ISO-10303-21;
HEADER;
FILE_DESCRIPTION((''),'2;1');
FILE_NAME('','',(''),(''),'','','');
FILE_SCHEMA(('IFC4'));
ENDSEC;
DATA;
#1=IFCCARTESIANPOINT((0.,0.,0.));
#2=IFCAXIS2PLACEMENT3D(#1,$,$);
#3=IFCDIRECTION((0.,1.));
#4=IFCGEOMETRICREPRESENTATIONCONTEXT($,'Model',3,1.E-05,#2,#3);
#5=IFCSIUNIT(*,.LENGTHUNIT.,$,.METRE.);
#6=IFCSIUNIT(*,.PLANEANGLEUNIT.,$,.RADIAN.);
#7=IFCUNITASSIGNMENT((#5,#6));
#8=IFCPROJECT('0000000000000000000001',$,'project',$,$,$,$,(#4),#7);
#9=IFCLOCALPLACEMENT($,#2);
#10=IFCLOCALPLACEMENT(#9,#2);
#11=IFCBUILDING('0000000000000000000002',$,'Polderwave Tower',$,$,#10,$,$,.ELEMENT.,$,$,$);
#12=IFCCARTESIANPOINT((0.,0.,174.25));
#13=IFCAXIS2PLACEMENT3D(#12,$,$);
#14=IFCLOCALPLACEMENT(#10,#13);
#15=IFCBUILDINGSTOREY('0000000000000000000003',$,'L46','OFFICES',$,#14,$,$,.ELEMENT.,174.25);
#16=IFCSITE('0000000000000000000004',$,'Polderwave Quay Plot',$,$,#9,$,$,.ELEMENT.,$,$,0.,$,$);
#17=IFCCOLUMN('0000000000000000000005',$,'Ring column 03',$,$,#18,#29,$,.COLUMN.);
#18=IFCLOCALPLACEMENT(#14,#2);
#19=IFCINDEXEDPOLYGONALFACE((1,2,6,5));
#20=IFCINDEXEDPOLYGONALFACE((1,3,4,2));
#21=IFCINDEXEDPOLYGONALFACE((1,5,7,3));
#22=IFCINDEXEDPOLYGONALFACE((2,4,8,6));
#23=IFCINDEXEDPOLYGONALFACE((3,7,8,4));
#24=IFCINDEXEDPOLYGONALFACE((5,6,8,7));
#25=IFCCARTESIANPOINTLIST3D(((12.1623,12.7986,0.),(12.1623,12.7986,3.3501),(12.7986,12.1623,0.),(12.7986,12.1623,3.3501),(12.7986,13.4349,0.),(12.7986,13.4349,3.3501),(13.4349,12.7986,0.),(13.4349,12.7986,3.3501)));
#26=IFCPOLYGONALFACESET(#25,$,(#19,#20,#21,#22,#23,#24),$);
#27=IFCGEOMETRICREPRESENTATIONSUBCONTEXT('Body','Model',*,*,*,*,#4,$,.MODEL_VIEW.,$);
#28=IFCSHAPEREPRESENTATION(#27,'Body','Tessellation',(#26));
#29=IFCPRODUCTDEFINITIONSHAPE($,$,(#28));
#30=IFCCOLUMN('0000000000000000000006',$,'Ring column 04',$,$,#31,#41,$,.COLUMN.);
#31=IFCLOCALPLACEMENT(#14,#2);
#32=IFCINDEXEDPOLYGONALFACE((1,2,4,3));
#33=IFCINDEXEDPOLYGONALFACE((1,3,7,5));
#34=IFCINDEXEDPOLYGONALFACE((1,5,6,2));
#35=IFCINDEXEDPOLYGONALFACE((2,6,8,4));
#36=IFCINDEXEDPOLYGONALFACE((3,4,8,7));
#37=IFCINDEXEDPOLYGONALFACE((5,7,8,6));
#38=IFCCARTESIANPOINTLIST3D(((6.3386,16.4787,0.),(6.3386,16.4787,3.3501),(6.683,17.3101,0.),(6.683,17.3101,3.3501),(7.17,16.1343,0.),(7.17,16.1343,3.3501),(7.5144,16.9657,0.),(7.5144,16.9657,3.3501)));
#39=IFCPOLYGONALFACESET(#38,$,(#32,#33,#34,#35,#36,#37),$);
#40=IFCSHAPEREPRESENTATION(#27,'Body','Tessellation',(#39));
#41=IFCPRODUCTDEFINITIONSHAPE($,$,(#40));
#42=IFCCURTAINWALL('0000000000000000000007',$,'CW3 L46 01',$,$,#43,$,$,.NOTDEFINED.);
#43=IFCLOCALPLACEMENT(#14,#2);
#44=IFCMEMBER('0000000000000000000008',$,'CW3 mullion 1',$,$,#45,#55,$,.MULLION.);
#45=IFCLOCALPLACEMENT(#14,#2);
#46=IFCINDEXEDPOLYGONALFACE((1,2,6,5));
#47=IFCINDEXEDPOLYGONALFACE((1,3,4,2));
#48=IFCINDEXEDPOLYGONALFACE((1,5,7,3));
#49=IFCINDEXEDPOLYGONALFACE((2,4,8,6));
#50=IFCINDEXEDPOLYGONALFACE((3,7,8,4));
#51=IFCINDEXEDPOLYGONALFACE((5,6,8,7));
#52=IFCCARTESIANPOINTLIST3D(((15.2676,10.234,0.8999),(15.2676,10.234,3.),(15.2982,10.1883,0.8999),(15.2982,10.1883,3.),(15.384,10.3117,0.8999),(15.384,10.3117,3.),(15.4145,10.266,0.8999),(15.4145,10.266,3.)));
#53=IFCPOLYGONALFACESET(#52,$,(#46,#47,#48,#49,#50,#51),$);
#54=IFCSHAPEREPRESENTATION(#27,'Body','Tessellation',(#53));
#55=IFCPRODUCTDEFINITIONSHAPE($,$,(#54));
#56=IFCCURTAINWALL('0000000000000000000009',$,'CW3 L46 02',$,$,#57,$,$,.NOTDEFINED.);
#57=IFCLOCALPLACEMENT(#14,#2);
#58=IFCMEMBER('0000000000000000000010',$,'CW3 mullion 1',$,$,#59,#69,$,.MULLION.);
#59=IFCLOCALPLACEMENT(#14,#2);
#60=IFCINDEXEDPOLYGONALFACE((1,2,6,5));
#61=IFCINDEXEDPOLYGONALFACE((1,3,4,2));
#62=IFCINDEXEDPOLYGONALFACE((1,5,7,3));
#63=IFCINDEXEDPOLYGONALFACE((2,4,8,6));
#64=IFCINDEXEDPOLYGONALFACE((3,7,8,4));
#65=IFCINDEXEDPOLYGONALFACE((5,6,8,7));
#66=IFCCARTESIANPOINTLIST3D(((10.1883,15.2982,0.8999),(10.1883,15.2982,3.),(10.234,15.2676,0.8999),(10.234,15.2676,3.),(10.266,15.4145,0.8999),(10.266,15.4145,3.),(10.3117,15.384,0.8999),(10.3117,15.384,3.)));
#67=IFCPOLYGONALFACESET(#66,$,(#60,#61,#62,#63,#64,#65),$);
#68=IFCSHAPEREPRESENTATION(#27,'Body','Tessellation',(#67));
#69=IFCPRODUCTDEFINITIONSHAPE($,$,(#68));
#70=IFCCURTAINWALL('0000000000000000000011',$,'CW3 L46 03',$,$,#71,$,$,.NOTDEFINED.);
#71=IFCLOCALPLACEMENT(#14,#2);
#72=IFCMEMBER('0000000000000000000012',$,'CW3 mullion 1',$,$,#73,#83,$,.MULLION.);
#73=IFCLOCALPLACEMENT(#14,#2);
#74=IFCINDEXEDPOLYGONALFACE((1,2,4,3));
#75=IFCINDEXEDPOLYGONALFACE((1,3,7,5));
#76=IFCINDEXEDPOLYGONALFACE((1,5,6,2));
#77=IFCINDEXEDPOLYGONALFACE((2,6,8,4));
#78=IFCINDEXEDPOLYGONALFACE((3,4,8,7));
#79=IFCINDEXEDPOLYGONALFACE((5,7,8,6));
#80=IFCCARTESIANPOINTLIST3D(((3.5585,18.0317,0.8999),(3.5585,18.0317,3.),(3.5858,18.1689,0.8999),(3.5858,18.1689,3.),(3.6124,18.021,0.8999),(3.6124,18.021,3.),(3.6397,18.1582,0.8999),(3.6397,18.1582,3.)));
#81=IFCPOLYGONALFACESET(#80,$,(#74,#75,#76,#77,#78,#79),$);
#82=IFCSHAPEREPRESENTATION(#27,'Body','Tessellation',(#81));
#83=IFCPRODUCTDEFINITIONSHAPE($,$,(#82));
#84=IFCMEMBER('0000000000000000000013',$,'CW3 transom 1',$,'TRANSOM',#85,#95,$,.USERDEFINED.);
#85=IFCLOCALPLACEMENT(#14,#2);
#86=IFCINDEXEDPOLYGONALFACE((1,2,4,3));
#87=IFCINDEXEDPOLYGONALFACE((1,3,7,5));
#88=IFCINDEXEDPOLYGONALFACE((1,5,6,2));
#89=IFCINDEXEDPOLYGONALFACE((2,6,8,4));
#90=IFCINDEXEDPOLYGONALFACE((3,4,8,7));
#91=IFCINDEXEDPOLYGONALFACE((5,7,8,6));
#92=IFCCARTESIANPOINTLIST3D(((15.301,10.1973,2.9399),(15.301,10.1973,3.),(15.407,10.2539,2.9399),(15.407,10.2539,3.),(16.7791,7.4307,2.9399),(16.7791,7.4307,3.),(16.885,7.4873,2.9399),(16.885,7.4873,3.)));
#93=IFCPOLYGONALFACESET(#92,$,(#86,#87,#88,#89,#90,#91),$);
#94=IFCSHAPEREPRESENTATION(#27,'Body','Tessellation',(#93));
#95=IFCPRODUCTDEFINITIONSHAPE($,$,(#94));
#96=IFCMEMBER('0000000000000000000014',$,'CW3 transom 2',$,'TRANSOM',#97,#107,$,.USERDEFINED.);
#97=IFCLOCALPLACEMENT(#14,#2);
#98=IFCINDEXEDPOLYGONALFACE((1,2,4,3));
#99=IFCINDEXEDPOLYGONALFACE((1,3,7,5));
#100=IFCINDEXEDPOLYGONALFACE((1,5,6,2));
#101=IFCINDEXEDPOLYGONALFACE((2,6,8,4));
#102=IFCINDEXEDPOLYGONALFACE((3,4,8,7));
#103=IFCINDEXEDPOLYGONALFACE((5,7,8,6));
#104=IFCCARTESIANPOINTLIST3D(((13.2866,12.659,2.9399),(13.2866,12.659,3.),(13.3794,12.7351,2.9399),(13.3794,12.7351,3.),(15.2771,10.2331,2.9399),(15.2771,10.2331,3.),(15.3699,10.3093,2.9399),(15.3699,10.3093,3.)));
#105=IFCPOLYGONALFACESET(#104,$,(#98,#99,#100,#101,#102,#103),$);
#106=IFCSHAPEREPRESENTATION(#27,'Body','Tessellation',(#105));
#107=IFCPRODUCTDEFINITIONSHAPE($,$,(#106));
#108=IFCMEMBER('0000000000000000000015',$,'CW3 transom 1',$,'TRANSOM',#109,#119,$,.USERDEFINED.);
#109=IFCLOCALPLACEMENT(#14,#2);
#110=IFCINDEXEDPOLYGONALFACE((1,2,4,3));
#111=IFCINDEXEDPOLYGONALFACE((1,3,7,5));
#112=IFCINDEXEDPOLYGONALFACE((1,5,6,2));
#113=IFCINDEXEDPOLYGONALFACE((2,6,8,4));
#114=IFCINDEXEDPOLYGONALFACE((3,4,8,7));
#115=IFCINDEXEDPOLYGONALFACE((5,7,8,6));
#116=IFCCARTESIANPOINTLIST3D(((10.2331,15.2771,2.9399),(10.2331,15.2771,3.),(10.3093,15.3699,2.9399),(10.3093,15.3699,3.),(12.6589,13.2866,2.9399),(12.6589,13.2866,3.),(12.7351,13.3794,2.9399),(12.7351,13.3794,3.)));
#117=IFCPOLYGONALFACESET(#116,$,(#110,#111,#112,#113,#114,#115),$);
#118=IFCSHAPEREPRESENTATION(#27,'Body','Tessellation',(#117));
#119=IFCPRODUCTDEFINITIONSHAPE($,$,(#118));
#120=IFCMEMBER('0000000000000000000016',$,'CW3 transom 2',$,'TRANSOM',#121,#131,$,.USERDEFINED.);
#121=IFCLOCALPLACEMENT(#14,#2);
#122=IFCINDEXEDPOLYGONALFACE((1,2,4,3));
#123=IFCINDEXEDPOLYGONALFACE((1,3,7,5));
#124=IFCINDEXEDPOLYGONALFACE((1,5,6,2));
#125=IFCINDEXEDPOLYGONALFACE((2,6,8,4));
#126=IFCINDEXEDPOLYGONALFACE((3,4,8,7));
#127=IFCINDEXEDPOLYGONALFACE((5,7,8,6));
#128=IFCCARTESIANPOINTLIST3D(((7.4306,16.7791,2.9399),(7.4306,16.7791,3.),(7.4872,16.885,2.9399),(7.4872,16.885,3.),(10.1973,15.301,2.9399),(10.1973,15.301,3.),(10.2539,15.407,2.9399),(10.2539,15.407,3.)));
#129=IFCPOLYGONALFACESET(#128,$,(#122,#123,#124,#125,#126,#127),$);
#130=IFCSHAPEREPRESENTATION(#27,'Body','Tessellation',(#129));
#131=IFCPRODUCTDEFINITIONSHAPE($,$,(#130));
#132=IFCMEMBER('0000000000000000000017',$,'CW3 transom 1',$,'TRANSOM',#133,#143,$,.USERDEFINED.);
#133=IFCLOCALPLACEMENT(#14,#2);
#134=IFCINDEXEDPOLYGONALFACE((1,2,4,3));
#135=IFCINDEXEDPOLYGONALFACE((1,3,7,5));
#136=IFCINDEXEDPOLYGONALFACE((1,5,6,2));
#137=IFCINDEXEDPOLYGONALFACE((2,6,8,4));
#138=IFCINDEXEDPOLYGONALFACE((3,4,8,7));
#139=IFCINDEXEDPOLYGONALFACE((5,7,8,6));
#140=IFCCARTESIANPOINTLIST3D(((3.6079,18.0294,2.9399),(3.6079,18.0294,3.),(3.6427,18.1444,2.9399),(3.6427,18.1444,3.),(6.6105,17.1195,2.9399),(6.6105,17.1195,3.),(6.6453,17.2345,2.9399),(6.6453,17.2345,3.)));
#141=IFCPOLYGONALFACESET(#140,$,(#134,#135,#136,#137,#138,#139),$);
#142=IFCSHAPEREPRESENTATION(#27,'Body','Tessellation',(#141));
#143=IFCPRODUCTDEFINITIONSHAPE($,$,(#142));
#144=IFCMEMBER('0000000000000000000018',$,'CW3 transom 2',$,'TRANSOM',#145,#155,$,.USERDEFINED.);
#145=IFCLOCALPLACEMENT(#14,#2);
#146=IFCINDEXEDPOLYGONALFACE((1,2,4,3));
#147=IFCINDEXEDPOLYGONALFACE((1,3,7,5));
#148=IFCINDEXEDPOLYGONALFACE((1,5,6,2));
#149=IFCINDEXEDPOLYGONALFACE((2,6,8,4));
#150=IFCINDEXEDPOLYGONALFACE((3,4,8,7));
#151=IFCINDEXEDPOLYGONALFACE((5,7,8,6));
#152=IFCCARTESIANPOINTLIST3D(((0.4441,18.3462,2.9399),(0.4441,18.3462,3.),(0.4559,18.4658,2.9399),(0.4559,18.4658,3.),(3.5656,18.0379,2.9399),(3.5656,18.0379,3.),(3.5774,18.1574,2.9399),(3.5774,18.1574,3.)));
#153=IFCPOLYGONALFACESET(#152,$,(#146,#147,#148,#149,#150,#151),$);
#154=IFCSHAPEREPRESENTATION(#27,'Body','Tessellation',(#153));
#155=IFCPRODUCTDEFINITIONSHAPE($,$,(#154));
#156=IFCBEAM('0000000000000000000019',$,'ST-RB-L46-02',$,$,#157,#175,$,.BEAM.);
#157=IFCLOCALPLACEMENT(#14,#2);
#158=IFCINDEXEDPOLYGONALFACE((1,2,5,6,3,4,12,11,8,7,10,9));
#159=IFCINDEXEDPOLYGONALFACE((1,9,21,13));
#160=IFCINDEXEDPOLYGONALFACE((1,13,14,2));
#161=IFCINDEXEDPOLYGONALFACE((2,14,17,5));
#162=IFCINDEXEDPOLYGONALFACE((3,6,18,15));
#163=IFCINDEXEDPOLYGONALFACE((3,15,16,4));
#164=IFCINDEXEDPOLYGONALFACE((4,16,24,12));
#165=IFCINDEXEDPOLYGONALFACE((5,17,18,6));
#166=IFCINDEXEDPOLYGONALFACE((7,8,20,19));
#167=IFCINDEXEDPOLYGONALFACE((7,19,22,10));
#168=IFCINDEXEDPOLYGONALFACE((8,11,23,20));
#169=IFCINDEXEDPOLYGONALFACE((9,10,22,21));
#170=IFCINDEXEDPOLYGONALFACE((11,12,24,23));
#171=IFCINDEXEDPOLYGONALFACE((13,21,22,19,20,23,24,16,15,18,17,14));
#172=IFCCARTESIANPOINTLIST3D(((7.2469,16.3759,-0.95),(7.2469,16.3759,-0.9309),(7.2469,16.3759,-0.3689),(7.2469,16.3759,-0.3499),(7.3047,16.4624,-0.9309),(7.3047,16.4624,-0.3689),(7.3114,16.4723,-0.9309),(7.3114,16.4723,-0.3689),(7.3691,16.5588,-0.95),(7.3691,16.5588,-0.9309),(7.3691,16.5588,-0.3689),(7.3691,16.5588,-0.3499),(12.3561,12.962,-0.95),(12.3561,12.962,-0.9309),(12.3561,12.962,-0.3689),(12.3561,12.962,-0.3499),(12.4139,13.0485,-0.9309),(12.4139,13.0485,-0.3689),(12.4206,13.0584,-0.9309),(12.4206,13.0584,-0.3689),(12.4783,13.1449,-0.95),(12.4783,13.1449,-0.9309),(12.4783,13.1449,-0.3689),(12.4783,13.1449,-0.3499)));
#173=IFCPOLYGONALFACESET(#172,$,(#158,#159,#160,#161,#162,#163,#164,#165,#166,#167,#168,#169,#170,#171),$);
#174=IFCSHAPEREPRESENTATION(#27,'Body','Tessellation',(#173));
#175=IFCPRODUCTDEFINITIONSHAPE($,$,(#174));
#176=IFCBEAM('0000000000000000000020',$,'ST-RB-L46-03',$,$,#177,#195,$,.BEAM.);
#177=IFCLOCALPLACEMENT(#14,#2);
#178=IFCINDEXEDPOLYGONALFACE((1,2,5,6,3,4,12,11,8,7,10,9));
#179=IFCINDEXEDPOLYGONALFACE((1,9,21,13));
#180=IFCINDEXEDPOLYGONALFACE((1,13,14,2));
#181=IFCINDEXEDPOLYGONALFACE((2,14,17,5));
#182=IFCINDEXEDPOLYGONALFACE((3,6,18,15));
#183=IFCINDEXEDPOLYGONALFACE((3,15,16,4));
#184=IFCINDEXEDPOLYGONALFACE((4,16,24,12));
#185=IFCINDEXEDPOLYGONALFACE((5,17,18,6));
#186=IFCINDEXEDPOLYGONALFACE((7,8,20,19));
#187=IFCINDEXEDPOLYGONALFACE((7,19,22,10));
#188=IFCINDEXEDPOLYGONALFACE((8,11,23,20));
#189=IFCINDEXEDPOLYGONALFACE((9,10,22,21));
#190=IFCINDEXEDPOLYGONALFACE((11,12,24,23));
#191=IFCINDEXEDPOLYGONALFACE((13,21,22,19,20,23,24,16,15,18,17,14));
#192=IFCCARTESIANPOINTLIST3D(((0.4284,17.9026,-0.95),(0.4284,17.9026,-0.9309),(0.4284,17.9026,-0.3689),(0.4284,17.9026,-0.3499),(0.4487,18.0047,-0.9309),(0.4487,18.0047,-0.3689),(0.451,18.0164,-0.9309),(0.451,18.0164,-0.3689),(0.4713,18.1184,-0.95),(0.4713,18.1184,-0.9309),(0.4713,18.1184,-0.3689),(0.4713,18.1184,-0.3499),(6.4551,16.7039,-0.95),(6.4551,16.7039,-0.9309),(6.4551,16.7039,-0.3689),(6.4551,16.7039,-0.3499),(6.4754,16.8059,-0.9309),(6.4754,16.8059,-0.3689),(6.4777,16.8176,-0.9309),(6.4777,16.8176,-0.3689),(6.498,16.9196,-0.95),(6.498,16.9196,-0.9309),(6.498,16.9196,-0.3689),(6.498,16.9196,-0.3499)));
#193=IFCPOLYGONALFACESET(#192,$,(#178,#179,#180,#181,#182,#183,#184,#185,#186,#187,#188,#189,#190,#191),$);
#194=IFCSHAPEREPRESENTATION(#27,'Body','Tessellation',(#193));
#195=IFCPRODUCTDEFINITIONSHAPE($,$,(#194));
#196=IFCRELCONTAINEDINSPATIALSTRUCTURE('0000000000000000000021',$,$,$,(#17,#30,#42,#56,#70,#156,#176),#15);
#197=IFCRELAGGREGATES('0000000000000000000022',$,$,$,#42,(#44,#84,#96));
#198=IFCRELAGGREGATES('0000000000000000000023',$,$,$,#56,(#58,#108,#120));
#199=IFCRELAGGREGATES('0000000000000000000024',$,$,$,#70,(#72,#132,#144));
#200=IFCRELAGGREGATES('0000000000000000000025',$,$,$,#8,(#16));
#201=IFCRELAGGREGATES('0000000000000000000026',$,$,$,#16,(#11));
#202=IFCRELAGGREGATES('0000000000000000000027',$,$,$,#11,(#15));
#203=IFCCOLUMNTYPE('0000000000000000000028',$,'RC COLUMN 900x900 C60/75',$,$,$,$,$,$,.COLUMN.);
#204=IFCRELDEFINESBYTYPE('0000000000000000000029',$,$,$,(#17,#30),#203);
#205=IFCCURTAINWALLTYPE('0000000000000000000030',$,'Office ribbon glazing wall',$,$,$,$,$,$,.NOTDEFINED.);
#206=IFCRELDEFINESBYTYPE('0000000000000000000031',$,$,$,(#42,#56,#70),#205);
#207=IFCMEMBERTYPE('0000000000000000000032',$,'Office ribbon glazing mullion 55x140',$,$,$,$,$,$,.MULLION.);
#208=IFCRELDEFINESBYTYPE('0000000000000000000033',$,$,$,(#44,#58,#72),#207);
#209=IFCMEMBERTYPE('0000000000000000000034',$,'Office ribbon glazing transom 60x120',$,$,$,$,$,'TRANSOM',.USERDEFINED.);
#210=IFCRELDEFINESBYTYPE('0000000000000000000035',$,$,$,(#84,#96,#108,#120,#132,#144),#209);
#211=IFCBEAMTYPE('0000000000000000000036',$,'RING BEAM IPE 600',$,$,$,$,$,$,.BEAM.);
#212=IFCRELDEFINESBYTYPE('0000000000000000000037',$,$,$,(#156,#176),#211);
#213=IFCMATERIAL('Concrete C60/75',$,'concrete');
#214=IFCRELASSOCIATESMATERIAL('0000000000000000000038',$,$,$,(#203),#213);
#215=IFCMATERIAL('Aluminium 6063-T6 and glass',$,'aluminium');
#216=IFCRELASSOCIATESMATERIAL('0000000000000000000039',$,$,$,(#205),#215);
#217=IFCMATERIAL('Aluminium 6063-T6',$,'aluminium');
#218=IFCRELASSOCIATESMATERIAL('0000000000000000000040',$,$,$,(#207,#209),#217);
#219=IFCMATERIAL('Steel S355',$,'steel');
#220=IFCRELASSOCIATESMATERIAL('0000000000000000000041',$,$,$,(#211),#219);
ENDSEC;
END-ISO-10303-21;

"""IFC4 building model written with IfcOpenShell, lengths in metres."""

from ifc_helpers import new_model, si_unit, direction, frame, origin, origin_2d, place, context, subcontext, project, spatial, rectangle, i_section, extrude, material, material_profile, profile_set, type_object, element, aggregate, save


model = new_model("IFC4")

# Units and contexts
model_context = context("Model", 3, precision=1e-05, world=origin(), true_north=direction((0.0, 1.0)))
body_context = subcontext(model_context, "Body", "Model", "MODEL_VIEW")
ifc_project = project(units=[si_unit("LENGTHUNIT", "METRE"), si_unit("PLANEANGLEUNIT", "RADIAN")], contexts=[model_context])

# Site, building, storey
site_placement = place(None, origin())
site = spatial("IfcSite", under=ifc_project, at=site_placement, Name="Polderwave Quay Plot", CompositionType="ELEMENT", RefElevation=0.0)
building_placement = place(site_placement, origin())
building = spatial("IfcBuilding", under=site, at=building_placement, Name="Polderwave Tower", CompositionType="ELEMENT")
storey_placement = place(building_placement, frame((0.0, 0.0, 174.25)))
storey = spatial("IfcBuildingStorey", under=building, at=storey_placement, Name="L46", Description="OFFICES", CompositionType="ELEMENT", Elevation=174.25)

# Columns
ifc_material_1 = material(Name="Concrete C60/75", Category="concrete")
ifc_material_profile_1 = material_profile(ifc_material_1, rectangle(XDim=0.8999, YDim=0.8999, at=origin_2d()), Name="RC 900x900")
ifc_profile_set_1 = profile_set([ifc_material_profile_1], Name="Concrete C60/75")
column_type = type_object("IfcColumnType", Name="RC COLUMN 900x900 C60/75", PredefinedType="COLUMN", material=ifc_profile_set_1)
for number, where, z_axis, x_axis, name in (
    (1, (12.7986, 12.7986, 0.0), (0.0, 0.0, 1.0), (0.707107, 0.707107, 0.0), "Ring column 03"),
    (2, (6.9265, 16.7222, 0.0), (0.0, 0.0, 1.0), (0.382683, 0.92388, 0.0), "Ring column 04"),
):
    element("IfcColumn", number, at=place(storey_placement, frame(where, z_axis=z_axis, x_axis=x_axis)), inside=storey, type_object=column_type, Name=name, PredefinedType="COLUMN", context=body_context, shape_type="SweptSolid", body=[
        extrude(rectangle(XDim=0.8999, YDim=0.8999, at=origin_2d()), origin(), (0.0, 0.0, 1.0), 3.3501),
    ])

# Curtain walls, members
ifc_material_2 = material(Name="Aluminium 6063-T6 and glass", Category="aluminium")
curtain_wall_type = type_object("IfcCurtainWallType", Name="Office ribbon glazing wall", PredefinedType="NOTDEFINED", material=ifc_material_2)
curtain_wall_1_placement = place(storey_placement, origin())
curtain_wall_1 = element("IfcCurtainWall", 3, at=curtain_wall_1_placement, inside=storey, type_object=curtain_wall_type, Name="CW3 L46 01", PredefinedType="NOTDEFINED")
ifc_material_3 = material(Name="Aluminium 6063-T6", Category="aluminium")
ifc_material_profile_2 = material_profile(ifc_material_3, rectangle(XDim=0.1399, YDim=0.0549, at=origin_2d()), Name="AL 55x140")
ifc_profile_set_2 = profile_set([ifc_material_profile_2], Name="Aluminium 6063-T6")
member_type_1 = type_object("IfcMemberType", Name="Office ribbon glazing mullion 55x140", PredefinedType="MULLION", material=ifc_profile_set_2)
member_1_placement = place(storey_placement, frame((15.3411, 10.25, 0.8999), z_axis=(0.0, 0.0, 1.0), x_axis=(-0.831547, -0.555454, 0.0)))
member_1 = element("IfcMember", 4, at=member_1_placement, type_object=member_type_1, Name="CW3 mullion 1", PredefinedType="MULLION", context=body_context, shape_type="SweptSolid", body=[
    extrude(rectangle(XDim=0.1399, YDim=0.0549, at=origin_2d()), origin(), (0.0, 0.0, 1.0), 2.1001),
])
curtain_wall_2_placement = place(storey_placement, origin())
curtain_wall_2 = element("IfcCurtainWall", 5, at=curtain_wall_2_placement, inside=storey, type_object=curtain_wall_type, Name="CW3 L46 02", PredefinedType="NOTDEFINED")
member_2_placement = place(storey_placement, frame((10.25, 15.3411, 0.8999), z_axis=(0.0, 0.0, 1.0), x_axis=(-0.555454, -0.831547, 0.0)))
member_2 = element("IfcMember", 6, at=member_2_placement, type_object=member_type_1, Name="CW3 mullion 1", PredefinedType="MULLION", context=body_context, shape_type="SweptSolid", body=[
    extrude(rectangle(XDim=0.1399, YDim=0.0549, at=origin_2d()), origin(), (0.0, 0.0, 1.0), 2.1001),
])
curtain_wall_3_placement = place(storey_placement, origin())
curtain_wall_3 = element("IfcCurtainWall", 7, at=curtain_wall_3_placement, inside=storey, type_object=curtain_wall_type, Name="CW3 L46 03", PredefinedType="NOTDEFINED")
member_3_placement = place(storey_placement, frame((3.5991, 18.095, 0.8999), z_axis=(0.0, 0.0, 1.0), x_axis=(-0.195097, -0.980784, 0.0)))
member_3 = element("IfcMember", 8, at=member_3_placement, type_object=member_type_1, Name="CW3 mullion 1", PredefinedType="MULLION", context=body_context, shape_type="SweptSolid", body=[
    extrude(rectangle(XDim=0.1399, YDim=0.0549, at=origin_2d()), origin(), (0.0, 0.0, 1.0), 2.1001),
])

# Members
ifc_material_profile_3 = material_profile(ifc_material_3, rectangle(XDim=0.1201, YDim=0.0601, at=origin_2d()), Name="AL 60x120")
ifc_profile_set_3 = profile_set([ifc_material_profile_3], Name="Aluminium 6063-T6")
member_type_2 = type_object("IfcMemberType", Name="Office ribbon glazing transom 60x120", ElementType="TRANSOM", PredefinedType="USERDEFINED", material=ifc_profile_set_3)
member_4_placement = place(storey_placement, frame((16.832, 7.459, 2.97), z_axis=(-0.47121, 0.882021, 0.0), x_axis=(-0.882021, -0.47121, 0.0)))
member_4 = element("IfcMember", 9, at=member_4_placement, type_object=member_type_2, Name="CW3 transom 1", ObjectType="TRANSOM", PredefinedType="USERDEFINED", context=body_context, shape_type="SweptSolid", body=[
    extrude(rectangle(XDim=0.1201, YDim=0.0601, at=origin_2d()), origin(), (0.0, 0.0, 1.0), 3.1367),
])
member_5_placement = place(storey_placement, frame((15.3235, 10.2712, 2.97), z_axis=(-0.634334, 0.773059, 0.0), x_axis=(-0.773059, -0.634334, 0.0)))
member_5 = element("IfcMember", 10, at=member_5_placement, type_object=member_type_2, Name="CW3 transom 2", ObjectType="TRANSOM", PredefinedType="USERDEFINED", context=body_context, shape_type="SweptSolid", body=[
    extrude(rectangle(XDim=0.1201, YDim=0.0601, at=origin_2d()), origin(), (0.0, 0.0, 1.0), 3.1379),
])
member_6_placement = place(storey_placement, frame((12.697, 13.333, 2.97), z_axis=(-0.773059, 0.634334, 0.0), x_axis=(-0.634334, -0.773059, 0.0)))
member_6 = element("IfcMember", 11, at=member_6_placement, type_object=member_type_2, Name="CW3 transom 1", ObjectType="TRANSOM", PredefinedType="USERDEFINED", context=body_context, shape_type="SweptSolid", body=[
    extrude(rectangle(XDim=0.1201, YDim=0.0601, at=origin_2d()), origin(), (0.0, 0.0, 1.0), 3.1379),
])
member_7_placement = place(storey_placement, frame((10.2256, 15.354, 2.97), z_axis=(-0.882021, 0.47121, 0.0), x_axis=(-0.47121, -0.882021, 0.0)))
member_7 = element("IfcMember", 12, at=member_7_placement, type_object=member_type_2, Name="CW3 transom 2", ObjectType="TRANSOM", PredefinedType="USERDEFINED", context=body_context, shape_type="SweptSolid", body=[
    extrude(rectangle(XDim=0.1201, YDim=0.0601, at=origin_2d()), origin(), (0.0, 0.0, 1.0), 3.1367),
])
member_8_placement = place(storey_placement, frame((6.6279, 17.177, 2.97), z_axis=(-0.957024, 0.29001, 0.0), x_axis=(-0.29001, -0.957024, 0.0)))
member_8 = element("IfcMember", 13, at=member_8_placement, type_object=member_type_2, Name="CW3 transom 1", ObjectType="TRANSOM", PredefinedType="USERDEFINED", context=body_context, shape_type="SweptSolid", body=[
    extrude(rectangle(XDim=0.1201, YDim=0.0601, at=origin_2d()), origin(), (0.0, 0.0, 1.0), 3.1375),
])
member_9_placement = place(storey_placement, frame((3.5715, 18.0977, 2.97), z_axis=(-0.995157, 0.098301, 0.0), x_axis=(-0.098301, -0.995157, 0.0)))
member_9 = element("IfcMember", 14, at=member_9_placement, type_object=member_type_2, Name="CW3 transom 2", ObjectType="TRANSOM", PredefinedType="USERDEFINED", context=body_context, shape_type="SweptSolid", body=[
    extrude(rectangle(XDim=0.1201, YDim=0.0601, at=origin_2d()), origin(), (0.0, 0.0, 1.0), 3.1367),
])

# Beams
ifc_material_4 = material(Name="Steel S355", Category="steel")
ifc_material_profile_4 = material_profile(ifc_material_4, i_section(OverallWidth=0.22, OverallDepth=0.6001, WebThickness=0.012, FlangeThickness=0.019, at=origin_2d()), Name="IPE 600")
ifc_profile_set_4 = profile_set([ifc_material_profile_4], Name="Steel S355")
beam_type = type_object("IfcBeamType", Name="RING BEAM IPE 600", PredefinedType="BEAM", material=ifc_profile_set_4)
for number, where, z_axis, x_axis, name in (
    (15, (12.4172, 13.0535, -0.6499), (-0.831469, 0.555571, 0.0), (-0.555571, -0.831469, 0.0), "ST-RB-L46-02"),
    (16, (6.4766, 16.8118, -0.6499), (-0.980786, 0.195085, 0.0), (-0.195085, -0.980786, 0.0), "ST-RB-L46-03"),
):
    element("IfcBeam", number, at=place(storey_placement, frame(where, z_axis=z_axis, x_axis=x_axis)), inside=storey, type_object=beam_type, Name=name, PredefinedType="BEAM", context=body_context, shape_type="SweptSolid", body=[
        extrude(i_section(OverallWidth=0.22, OverallDepth=0.6001, WebThickness=0.012, FlangeThickness=0.019, at=origin_2d()), origin(), (0.0, 0.0, 1.0), 6.1448),
    ])

aggregate(curtain_wall_1, [member_1, member_4, member_5])
aggregate(curtain_wall_2, [member_2, member_6, member_7])
aggregate(curtain_wall_3, [member_3, member_8, member_9])

save(model, "model.ifc")
